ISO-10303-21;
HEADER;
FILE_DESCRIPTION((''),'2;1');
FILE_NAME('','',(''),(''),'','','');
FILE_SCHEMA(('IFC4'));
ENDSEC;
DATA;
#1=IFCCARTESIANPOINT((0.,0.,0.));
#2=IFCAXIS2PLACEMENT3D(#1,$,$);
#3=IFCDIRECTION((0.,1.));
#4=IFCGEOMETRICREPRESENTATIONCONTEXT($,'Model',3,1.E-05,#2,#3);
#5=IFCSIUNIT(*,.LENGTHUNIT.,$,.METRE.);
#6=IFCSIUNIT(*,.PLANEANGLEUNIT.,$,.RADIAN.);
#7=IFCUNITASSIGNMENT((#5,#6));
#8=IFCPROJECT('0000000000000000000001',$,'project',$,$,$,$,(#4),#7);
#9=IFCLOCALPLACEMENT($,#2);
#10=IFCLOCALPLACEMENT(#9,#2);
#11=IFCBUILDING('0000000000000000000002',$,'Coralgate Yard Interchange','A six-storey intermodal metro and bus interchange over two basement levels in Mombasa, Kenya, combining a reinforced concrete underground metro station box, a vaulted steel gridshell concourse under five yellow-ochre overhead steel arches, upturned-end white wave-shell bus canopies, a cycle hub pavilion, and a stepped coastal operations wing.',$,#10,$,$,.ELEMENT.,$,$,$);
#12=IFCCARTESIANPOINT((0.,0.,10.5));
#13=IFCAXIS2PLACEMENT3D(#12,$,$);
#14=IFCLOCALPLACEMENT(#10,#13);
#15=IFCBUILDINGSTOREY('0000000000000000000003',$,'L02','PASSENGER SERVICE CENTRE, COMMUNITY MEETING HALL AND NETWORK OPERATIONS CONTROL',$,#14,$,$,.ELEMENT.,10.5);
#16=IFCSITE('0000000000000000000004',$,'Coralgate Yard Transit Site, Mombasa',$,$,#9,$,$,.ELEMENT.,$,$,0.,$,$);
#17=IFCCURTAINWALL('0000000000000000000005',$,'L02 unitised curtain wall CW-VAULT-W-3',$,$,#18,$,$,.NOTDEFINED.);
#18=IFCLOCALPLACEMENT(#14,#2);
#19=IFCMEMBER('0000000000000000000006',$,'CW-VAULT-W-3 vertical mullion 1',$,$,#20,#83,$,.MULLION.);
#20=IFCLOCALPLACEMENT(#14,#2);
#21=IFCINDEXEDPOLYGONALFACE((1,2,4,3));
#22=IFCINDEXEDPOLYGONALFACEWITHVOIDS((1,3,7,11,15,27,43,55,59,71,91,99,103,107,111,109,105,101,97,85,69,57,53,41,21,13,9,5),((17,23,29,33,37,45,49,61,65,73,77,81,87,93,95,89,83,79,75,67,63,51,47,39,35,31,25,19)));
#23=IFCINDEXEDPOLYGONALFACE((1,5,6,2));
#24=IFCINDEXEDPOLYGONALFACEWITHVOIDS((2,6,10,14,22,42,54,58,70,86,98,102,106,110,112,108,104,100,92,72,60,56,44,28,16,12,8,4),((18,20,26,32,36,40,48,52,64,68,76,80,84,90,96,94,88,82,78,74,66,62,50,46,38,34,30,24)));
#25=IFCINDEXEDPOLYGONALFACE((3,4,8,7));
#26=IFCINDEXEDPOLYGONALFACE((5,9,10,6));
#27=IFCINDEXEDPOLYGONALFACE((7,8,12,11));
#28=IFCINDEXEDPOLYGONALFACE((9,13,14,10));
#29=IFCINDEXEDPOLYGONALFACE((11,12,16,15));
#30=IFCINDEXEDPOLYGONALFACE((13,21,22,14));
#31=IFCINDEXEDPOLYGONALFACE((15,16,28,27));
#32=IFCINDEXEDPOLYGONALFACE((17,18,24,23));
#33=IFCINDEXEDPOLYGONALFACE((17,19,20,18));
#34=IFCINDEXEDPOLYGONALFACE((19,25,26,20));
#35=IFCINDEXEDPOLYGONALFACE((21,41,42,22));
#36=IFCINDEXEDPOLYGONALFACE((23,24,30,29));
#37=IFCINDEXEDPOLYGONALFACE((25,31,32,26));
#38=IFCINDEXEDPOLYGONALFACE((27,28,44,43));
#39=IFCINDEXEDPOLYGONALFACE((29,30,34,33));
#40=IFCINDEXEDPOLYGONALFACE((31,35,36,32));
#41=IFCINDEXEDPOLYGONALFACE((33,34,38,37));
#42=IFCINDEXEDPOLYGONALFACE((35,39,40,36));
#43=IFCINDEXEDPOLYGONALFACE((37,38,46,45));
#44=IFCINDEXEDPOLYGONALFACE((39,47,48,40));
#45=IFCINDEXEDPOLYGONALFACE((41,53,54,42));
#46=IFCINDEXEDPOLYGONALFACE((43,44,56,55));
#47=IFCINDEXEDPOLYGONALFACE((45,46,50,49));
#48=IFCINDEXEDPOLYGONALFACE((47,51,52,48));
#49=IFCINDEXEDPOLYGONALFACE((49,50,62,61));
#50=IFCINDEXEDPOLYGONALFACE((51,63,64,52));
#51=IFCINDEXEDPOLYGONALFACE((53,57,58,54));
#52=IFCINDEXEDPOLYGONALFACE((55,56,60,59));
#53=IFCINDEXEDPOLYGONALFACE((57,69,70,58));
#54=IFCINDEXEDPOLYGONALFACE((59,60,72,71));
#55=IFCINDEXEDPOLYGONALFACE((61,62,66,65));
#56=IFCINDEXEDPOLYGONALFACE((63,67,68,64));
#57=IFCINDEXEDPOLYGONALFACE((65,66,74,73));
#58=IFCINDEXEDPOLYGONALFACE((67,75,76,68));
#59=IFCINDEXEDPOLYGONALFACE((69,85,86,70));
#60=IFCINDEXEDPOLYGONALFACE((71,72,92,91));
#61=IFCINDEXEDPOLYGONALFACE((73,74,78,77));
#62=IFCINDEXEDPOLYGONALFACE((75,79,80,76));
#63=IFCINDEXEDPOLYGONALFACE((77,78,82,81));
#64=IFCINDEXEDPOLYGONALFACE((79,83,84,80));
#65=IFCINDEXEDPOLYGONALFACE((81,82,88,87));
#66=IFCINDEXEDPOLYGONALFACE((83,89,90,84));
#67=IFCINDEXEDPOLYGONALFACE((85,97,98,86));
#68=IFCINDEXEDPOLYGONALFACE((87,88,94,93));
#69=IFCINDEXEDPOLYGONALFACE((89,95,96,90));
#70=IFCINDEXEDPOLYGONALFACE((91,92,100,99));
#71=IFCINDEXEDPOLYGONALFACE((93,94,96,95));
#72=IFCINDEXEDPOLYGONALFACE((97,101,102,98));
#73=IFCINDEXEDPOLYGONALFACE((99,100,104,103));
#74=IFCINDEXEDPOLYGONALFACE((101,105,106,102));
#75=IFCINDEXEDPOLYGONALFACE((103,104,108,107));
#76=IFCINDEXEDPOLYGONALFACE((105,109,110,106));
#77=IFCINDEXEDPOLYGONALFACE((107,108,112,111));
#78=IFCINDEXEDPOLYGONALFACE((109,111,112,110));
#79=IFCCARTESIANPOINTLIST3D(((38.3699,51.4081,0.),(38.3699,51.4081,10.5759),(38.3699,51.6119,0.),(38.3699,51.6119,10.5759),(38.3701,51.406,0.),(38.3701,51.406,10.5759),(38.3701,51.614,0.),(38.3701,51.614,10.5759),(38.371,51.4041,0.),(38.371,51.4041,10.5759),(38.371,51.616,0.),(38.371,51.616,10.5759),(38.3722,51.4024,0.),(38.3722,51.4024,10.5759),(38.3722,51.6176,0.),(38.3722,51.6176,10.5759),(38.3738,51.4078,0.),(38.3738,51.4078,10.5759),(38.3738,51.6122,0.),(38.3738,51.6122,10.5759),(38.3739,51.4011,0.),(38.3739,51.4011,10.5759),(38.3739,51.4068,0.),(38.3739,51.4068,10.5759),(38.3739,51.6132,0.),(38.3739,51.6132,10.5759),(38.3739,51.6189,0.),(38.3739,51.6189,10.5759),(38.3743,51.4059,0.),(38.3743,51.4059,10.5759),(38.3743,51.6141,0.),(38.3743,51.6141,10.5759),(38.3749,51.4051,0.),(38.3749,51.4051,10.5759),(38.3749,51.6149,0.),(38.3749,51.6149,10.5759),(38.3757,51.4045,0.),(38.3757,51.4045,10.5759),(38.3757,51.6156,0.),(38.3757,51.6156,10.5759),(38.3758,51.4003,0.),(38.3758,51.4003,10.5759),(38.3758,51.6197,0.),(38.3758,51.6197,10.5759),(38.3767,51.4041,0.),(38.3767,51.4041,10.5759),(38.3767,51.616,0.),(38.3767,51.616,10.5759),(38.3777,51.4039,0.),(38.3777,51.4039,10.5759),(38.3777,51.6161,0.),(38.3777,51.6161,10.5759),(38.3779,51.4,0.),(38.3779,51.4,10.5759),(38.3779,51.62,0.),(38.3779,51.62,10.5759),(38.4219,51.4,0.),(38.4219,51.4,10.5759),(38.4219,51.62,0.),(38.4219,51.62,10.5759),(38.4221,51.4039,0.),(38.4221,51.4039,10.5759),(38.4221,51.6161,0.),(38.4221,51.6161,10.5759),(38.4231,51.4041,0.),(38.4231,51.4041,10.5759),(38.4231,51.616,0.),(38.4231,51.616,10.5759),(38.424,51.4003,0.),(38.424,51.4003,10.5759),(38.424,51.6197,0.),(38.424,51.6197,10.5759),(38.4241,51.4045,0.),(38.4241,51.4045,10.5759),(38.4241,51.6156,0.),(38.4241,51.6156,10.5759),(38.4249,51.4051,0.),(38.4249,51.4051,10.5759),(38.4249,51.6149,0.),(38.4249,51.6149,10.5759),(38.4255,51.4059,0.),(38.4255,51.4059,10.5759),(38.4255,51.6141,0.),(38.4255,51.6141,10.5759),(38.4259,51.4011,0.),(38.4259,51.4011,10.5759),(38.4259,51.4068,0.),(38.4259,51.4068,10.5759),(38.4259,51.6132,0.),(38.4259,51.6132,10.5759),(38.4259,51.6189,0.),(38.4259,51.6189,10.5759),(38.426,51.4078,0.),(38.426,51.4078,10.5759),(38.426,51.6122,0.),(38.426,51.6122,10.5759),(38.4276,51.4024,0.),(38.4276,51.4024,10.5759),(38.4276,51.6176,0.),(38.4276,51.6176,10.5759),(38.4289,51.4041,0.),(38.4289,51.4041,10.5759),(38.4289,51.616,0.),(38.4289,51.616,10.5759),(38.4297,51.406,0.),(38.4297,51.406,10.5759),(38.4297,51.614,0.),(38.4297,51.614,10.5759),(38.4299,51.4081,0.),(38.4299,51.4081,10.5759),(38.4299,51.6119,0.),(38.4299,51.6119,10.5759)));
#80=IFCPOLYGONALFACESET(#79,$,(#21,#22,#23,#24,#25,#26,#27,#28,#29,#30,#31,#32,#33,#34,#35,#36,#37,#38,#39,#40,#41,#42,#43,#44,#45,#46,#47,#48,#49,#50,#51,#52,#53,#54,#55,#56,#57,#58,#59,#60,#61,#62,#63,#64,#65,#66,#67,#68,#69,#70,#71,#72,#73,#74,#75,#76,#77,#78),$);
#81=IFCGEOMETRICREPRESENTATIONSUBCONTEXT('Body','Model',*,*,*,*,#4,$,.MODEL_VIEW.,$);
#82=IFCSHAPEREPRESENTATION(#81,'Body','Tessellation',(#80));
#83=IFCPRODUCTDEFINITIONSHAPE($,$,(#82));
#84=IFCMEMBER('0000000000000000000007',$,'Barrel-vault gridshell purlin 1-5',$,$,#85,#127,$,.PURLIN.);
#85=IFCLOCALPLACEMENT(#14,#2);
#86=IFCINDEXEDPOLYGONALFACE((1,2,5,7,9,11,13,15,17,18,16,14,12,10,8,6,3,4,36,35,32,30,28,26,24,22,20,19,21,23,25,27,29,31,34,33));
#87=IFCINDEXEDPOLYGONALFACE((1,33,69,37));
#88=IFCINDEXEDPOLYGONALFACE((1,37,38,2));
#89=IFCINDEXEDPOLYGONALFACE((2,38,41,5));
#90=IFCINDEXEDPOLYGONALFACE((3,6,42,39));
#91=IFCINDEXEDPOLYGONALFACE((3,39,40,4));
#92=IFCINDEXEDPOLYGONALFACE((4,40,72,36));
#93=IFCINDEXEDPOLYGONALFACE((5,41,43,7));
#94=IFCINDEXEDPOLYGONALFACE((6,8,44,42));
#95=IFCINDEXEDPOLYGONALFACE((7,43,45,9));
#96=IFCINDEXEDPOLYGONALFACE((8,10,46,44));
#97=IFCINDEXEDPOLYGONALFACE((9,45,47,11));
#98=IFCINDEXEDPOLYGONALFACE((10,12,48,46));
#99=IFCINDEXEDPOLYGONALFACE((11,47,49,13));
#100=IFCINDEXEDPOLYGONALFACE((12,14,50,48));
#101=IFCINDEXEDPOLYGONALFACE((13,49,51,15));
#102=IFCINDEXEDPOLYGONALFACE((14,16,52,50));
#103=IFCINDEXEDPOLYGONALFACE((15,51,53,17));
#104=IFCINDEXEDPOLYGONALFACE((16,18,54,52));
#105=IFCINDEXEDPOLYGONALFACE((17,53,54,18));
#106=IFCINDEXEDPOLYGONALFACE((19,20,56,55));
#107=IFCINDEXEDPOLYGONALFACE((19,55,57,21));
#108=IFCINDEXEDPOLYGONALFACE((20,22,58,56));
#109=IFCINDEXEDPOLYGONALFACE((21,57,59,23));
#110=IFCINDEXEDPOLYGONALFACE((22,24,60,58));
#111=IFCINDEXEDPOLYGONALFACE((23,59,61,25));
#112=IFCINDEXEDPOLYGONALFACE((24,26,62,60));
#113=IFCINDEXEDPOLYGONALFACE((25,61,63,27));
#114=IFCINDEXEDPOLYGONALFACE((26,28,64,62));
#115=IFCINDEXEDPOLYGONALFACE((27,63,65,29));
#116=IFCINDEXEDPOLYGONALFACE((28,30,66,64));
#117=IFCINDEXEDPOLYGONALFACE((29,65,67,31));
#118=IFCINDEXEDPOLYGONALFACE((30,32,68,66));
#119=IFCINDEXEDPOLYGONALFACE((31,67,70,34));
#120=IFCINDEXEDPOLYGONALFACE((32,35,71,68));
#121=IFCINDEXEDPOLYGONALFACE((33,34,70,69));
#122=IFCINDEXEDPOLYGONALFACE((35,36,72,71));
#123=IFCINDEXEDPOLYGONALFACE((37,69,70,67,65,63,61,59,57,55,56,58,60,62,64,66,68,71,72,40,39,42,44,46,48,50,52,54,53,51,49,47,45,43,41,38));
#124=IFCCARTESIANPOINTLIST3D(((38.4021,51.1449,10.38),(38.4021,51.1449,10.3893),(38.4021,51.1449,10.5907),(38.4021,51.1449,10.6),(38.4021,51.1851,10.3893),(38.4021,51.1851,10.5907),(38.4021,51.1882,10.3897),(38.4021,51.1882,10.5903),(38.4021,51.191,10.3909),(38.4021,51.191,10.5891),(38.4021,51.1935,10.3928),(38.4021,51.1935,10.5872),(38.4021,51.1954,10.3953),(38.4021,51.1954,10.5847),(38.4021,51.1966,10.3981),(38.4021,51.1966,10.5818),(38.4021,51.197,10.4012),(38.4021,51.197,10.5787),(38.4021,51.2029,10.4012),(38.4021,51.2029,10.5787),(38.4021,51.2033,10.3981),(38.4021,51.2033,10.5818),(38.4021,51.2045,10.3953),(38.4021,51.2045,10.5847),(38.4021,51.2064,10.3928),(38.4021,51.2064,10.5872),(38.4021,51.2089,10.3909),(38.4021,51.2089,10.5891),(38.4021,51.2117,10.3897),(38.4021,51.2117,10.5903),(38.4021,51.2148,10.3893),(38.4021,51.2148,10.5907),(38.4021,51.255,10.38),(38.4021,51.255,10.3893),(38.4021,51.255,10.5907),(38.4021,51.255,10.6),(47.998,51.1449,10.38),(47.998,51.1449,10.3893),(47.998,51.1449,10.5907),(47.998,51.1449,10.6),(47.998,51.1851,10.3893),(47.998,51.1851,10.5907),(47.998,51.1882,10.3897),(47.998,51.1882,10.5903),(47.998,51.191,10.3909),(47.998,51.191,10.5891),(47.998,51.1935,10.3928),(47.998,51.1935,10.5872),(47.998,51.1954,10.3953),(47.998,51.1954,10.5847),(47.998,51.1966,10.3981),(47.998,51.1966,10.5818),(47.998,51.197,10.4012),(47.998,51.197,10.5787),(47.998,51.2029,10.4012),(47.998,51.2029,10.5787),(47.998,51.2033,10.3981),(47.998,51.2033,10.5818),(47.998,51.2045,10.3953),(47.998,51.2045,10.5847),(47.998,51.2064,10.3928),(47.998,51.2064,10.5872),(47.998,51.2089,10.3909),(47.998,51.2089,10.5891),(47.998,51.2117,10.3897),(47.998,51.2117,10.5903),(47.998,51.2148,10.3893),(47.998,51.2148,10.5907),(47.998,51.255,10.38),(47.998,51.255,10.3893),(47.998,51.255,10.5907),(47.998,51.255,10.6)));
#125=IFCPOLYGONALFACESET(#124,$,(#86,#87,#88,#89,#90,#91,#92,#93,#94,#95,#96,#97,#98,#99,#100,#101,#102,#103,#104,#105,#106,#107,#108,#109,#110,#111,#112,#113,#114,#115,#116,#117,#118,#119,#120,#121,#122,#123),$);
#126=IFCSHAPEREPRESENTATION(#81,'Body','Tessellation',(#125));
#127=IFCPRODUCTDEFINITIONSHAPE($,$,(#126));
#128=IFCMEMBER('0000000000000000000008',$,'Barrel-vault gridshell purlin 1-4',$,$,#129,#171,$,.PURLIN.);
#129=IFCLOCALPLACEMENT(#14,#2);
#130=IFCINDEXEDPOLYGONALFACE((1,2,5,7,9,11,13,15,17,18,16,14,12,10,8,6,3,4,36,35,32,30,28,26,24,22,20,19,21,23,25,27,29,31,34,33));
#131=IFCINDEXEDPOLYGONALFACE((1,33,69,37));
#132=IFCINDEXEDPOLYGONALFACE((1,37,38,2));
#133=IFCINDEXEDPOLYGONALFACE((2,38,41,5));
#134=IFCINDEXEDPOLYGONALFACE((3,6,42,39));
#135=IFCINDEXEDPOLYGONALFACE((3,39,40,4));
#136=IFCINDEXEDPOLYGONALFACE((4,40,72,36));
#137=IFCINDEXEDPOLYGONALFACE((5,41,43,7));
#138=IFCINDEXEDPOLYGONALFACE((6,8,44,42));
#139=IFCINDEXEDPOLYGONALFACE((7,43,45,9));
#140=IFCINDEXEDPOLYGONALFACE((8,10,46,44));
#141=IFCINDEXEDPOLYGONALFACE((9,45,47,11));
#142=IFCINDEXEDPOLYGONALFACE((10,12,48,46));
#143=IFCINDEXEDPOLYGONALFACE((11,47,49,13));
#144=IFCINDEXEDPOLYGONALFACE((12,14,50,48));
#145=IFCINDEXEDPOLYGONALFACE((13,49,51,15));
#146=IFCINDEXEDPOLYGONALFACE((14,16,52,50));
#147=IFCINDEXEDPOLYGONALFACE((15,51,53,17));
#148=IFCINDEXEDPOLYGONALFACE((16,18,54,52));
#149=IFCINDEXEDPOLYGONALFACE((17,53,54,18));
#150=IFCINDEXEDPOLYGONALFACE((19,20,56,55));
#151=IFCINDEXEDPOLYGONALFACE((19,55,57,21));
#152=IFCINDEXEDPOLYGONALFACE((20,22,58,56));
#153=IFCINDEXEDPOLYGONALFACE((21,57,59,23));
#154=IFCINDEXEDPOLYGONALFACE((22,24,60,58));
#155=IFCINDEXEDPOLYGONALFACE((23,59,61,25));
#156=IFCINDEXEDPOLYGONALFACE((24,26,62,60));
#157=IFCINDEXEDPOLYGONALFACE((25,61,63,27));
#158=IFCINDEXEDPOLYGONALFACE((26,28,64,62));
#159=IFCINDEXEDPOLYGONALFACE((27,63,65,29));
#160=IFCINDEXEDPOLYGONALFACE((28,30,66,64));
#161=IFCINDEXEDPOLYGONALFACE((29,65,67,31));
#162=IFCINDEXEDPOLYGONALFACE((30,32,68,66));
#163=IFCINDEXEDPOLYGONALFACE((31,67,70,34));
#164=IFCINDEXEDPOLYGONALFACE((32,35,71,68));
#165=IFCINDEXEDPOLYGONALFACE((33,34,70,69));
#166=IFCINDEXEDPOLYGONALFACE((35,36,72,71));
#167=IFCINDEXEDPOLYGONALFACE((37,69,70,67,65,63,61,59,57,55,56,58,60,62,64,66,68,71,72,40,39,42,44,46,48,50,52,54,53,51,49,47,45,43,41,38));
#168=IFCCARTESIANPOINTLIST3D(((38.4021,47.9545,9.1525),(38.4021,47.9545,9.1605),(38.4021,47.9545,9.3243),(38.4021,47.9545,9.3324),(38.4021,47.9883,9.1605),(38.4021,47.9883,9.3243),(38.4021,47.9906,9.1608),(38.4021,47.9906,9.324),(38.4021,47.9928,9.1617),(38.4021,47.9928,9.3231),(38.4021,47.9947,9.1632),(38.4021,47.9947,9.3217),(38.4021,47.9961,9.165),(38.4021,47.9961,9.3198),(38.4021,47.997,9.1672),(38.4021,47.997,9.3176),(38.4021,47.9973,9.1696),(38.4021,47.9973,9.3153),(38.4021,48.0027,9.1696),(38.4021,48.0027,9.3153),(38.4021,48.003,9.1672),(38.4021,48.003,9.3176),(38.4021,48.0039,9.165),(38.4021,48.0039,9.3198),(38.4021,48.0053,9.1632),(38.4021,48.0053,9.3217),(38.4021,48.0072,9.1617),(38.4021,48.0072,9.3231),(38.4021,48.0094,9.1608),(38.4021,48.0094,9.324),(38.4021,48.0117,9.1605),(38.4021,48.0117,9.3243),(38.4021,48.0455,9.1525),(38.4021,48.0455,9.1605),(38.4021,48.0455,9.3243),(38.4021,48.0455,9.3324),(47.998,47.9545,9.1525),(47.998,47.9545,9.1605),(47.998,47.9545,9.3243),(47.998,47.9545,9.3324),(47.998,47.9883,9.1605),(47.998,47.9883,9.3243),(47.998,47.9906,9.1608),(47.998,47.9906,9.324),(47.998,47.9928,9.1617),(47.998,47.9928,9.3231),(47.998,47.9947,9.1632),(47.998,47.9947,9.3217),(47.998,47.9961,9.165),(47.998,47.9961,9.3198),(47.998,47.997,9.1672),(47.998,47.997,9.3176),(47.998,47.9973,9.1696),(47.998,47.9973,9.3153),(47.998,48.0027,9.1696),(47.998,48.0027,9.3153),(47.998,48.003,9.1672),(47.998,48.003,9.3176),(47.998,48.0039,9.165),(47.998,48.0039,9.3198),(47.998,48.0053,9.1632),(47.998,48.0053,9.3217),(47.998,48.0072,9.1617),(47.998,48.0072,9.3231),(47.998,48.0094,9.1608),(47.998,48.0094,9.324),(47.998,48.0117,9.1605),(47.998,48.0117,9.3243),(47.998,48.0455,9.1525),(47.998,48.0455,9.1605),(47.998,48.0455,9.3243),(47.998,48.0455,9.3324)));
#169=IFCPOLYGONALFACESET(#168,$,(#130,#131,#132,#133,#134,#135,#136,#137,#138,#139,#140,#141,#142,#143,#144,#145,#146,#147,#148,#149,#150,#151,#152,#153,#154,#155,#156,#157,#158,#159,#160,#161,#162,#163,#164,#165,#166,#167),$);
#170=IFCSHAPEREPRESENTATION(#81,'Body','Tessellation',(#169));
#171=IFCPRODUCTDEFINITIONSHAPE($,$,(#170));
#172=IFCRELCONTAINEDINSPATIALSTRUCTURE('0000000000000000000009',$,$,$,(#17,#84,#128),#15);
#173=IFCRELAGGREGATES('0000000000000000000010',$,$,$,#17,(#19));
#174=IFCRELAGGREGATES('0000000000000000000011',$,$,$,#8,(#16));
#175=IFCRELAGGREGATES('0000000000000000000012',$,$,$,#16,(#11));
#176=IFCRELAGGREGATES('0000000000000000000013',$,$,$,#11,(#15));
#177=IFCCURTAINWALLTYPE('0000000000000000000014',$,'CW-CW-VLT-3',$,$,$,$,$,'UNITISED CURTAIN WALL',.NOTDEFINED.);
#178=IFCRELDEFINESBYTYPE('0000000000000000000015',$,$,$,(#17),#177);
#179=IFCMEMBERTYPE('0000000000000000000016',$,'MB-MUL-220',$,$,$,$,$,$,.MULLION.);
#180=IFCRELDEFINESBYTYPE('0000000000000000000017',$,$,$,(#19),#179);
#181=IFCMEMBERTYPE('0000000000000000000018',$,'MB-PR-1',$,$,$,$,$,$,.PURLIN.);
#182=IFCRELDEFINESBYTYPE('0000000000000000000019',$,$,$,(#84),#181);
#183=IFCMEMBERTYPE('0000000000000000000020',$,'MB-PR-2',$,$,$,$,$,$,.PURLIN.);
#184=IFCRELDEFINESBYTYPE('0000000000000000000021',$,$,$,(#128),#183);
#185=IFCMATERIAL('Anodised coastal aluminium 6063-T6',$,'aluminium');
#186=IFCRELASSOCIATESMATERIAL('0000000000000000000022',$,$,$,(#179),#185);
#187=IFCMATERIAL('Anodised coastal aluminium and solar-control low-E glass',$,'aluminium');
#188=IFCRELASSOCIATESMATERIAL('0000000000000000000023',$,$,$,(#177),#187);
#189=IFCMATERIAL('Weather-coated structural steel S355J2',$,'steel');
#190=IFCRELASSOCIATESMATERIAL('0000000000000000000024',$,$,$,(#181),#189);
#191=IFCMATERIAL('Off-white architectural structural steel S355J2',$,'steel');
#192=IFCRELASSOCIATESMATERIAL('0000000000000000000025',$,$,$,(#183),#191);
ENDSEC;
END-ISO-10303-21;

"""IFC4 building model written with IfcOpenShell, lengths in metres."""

from ifc_helpers import new_model, si_unit, direction, frame, origin, origin_2d, place, context, subcontext, project, spatial, hollow_rectangle, i_section, extrude, material, material_profile, profile_set, type_object, element, aggregate, save


model = new_model("IFC4")

# Units and contexts
model_context = context("Model", 3, precision=1e-05, world=origin(), true_north=direction((0.0, 1.0)))
body_context = subcontext(model_context, "Body", "Model", "MODEL_VIEW")
ifc_project = project(units=[si_unit("LENGTHUNIT", "METRE"), si_unit("PLANEANGLEUNIT", "RADIAN")], contexts=[model_context])

# Site, building, storey
site_placement = place(None, origin())
site = spatial("IfcSite", under=ifc_project, at=site_placement, Name="Coralgate Yard Transit Site, Mombasa", CompositionType="ELEMENT", RefElevation=0.0)
building_placement = place(site_placement, origin())
building = spatial("IfcBuilding", under=site, at=building_placement, Name="Coralgate Yard Interchange", Description="A six-storey intermodal metro and bus interchange over two basement levels in Mombasa, Kenya, combining a reinforced concrete underground metro station box, a vaulted steel gridshell concourse under five yellow-ochre overhead steel arches, upturned-end white wave-shell bus canopies, a cycle hub pavilion, and a stepped coastal operations wing.", CompositionType="ELEMENT")
storey_placement = place(building_placement, frame((0.0, 0.0, 10.5)))
storey = spatial("IfcBuildingStorey", under=building, at=storey_placement, Name="L02", Description="PASSENGER SERVICE CENTRE, COMMUNITY MEETING HALL AND NETWORK OPERATIONS CONTROL", CompositionType="ELEMENT", Elevation=10.5)

# Shared definitions
ifc_material_1 = material(Name="Weather-coated structural steel S355J2", Category="steel")

# Shared definitions
ifc_material_2 = material(Name="Anodised coastal aluminium and solar-control low-E glass", Category="aluminium")
ifc_material_3 = material(Name="Anodised coastal aluminium 6063-T6", Category="aluminium")

# Shared definitions
ifc_material_profile_1 = material_profile(ifc_material_3, hollow_rectangle(XDim=0.0601, YDim=0.22, WallThickness=0.0039, InnerFilletRadius=0.0039, OuterFilletRadius=0.0081, at=origin_2d()), Name="ALU 60x220x4")
ifc_profile_set_1 = profile_set([ifc_material_profile_1], Name="Anodised coastal aluminium 6063-T6")
member_type_1 = type_object("IfcMemberType", Name="MB-MUL-220", PredefinedType="MULLION", material=ifc_profile_set_1)

# Curtain wall, member
curtain_wall_type_1 = type_object("IfcCurtainWallType", Name="CW-CW-VLT-3", ElementType="UNITISED CURTAIN WALL", PredefinedType="NOTDEFINED", material=ifc_material_2)
curtain_wall_1_placement = place(storey_placement, origin())
curtain_wall_1 = element("IfcCurtainWall", 1, at=curtain_wall_1_placement, inside=storey, type_object=curtain_wall_type_1, Name="L02 unitised curtain wall CW-VAULT-W-3", PredefinedType="NOTDEFINED")
member_1_placement = place(storey_placement, frame((38.3999, 51.51, 0.0), z_axis=(0.0, 0.0, 1.0), x_axis=(1.0, 0.0, 0.0)))
member_1 = element("IfcMember", 2, at=member_1_placement, type_object=member_type_1, Name="CW-VAULT-W-3 vertical mullion 1", PredefinedType="MULLION", context=body_context, shape_type="SweptSolid", body=[
    extrude(hollow_rectangle(XDim=0.0601, YDim=0.22, WallThickness=0.0039, InnerFilletRadius=0.0039, OuterFilletRadius=0.0081, at=origin_2d()), origin(), (0.0, 0.0, 1.0), 10.5759),
])

# Members
ifc_material_profile_2 = material_profile(ifc_material_1, i_section(OverallWidth=0.1101, OverallDepth=0.22, WebThickness=0.0059, FlangeThickness=0.0093, FilletRadius=0.012, at=origin_2d()), Name="IPE 220")
ifc_profile_set_2 = profile_set([ifc_material_profile_2], Name="Weather-coated structural steel S355J2")
member_type_2 = type_object("IfcMemberType", Name="MB-PR-1", PredefinedType="PURLIN", material=ifc_profile_set_2)
member_2_placement = place(storey_placement, frame((38.4021, 51.2, 10.49), z_axis=(1.0, 0.0, 0.0), x_axis=(0.0, 1.0, 0.0)))
element("IfcMember", 3, at=member_2_placement, inside=storey, type_object=member_type_2, Name="Barrel-vault gridshell purlin 1-5", PredefinedType="PURLIN", context=body_context, shape_type="SweptSolid", body=[
    extrude(i_section(OverallWidth=0.1101, OverallDepth=0.22, WebThickness=0.0059, FlangeThickness=0.0093, FilletRadius=0.012, at=origin_2d()), origin(), (0.0, 0.0, 1.0), 9.5959),
])
ifc_material_4 = material(Name="Off-white architectural structural steel S355J2", Category="steel")
ifc_material_profile_3 = material_profile(ifc_material_4, i_section(OverallWidth=0.0911, OverallDepth=0.1799, WebThickness=0.0054, FlangeThickness=0.0081, FilletRadius=0.009, at=origin_2d()), Name="IPE 180")
ifc_profile_set_3 = profile_set([ifc_material_profile_3], Name="Off-white architectural structural steel S355J2")
member_type_3 = type_object("IfcMemberType", Name="MB-PR-2", PredefinedType="PURLIN", material=ifc_profile_set_3)
member_3_placement = place(storey_placement, frame((38.4021, 48.0, 9.2424), z_axis=(1.0, 0.0, 0.0), x_axis=(0.0, 1.0, 0.0)))
element("IfcMember", 4, at=member_3_placement, inside=storey, type_object=member_type_3, Name="Barrel-vault gridshell purlin 1-4", PredefinedType="PURLIN", context=body_context, shape_type="SweptSolid", body=[
    extrude(i_section(OverallWidth=0.0911, OverallDepth=0.1799, WebThickness=0.0054, FlangeThickness=0.0081, FilletRadius=0.009, at=origin_2d()), origin(), (0.0, 0.0, 1.0), 9.5959),
])

aggregate(curtain_wall_1, [member_1])

save(model, "model.ifc")
